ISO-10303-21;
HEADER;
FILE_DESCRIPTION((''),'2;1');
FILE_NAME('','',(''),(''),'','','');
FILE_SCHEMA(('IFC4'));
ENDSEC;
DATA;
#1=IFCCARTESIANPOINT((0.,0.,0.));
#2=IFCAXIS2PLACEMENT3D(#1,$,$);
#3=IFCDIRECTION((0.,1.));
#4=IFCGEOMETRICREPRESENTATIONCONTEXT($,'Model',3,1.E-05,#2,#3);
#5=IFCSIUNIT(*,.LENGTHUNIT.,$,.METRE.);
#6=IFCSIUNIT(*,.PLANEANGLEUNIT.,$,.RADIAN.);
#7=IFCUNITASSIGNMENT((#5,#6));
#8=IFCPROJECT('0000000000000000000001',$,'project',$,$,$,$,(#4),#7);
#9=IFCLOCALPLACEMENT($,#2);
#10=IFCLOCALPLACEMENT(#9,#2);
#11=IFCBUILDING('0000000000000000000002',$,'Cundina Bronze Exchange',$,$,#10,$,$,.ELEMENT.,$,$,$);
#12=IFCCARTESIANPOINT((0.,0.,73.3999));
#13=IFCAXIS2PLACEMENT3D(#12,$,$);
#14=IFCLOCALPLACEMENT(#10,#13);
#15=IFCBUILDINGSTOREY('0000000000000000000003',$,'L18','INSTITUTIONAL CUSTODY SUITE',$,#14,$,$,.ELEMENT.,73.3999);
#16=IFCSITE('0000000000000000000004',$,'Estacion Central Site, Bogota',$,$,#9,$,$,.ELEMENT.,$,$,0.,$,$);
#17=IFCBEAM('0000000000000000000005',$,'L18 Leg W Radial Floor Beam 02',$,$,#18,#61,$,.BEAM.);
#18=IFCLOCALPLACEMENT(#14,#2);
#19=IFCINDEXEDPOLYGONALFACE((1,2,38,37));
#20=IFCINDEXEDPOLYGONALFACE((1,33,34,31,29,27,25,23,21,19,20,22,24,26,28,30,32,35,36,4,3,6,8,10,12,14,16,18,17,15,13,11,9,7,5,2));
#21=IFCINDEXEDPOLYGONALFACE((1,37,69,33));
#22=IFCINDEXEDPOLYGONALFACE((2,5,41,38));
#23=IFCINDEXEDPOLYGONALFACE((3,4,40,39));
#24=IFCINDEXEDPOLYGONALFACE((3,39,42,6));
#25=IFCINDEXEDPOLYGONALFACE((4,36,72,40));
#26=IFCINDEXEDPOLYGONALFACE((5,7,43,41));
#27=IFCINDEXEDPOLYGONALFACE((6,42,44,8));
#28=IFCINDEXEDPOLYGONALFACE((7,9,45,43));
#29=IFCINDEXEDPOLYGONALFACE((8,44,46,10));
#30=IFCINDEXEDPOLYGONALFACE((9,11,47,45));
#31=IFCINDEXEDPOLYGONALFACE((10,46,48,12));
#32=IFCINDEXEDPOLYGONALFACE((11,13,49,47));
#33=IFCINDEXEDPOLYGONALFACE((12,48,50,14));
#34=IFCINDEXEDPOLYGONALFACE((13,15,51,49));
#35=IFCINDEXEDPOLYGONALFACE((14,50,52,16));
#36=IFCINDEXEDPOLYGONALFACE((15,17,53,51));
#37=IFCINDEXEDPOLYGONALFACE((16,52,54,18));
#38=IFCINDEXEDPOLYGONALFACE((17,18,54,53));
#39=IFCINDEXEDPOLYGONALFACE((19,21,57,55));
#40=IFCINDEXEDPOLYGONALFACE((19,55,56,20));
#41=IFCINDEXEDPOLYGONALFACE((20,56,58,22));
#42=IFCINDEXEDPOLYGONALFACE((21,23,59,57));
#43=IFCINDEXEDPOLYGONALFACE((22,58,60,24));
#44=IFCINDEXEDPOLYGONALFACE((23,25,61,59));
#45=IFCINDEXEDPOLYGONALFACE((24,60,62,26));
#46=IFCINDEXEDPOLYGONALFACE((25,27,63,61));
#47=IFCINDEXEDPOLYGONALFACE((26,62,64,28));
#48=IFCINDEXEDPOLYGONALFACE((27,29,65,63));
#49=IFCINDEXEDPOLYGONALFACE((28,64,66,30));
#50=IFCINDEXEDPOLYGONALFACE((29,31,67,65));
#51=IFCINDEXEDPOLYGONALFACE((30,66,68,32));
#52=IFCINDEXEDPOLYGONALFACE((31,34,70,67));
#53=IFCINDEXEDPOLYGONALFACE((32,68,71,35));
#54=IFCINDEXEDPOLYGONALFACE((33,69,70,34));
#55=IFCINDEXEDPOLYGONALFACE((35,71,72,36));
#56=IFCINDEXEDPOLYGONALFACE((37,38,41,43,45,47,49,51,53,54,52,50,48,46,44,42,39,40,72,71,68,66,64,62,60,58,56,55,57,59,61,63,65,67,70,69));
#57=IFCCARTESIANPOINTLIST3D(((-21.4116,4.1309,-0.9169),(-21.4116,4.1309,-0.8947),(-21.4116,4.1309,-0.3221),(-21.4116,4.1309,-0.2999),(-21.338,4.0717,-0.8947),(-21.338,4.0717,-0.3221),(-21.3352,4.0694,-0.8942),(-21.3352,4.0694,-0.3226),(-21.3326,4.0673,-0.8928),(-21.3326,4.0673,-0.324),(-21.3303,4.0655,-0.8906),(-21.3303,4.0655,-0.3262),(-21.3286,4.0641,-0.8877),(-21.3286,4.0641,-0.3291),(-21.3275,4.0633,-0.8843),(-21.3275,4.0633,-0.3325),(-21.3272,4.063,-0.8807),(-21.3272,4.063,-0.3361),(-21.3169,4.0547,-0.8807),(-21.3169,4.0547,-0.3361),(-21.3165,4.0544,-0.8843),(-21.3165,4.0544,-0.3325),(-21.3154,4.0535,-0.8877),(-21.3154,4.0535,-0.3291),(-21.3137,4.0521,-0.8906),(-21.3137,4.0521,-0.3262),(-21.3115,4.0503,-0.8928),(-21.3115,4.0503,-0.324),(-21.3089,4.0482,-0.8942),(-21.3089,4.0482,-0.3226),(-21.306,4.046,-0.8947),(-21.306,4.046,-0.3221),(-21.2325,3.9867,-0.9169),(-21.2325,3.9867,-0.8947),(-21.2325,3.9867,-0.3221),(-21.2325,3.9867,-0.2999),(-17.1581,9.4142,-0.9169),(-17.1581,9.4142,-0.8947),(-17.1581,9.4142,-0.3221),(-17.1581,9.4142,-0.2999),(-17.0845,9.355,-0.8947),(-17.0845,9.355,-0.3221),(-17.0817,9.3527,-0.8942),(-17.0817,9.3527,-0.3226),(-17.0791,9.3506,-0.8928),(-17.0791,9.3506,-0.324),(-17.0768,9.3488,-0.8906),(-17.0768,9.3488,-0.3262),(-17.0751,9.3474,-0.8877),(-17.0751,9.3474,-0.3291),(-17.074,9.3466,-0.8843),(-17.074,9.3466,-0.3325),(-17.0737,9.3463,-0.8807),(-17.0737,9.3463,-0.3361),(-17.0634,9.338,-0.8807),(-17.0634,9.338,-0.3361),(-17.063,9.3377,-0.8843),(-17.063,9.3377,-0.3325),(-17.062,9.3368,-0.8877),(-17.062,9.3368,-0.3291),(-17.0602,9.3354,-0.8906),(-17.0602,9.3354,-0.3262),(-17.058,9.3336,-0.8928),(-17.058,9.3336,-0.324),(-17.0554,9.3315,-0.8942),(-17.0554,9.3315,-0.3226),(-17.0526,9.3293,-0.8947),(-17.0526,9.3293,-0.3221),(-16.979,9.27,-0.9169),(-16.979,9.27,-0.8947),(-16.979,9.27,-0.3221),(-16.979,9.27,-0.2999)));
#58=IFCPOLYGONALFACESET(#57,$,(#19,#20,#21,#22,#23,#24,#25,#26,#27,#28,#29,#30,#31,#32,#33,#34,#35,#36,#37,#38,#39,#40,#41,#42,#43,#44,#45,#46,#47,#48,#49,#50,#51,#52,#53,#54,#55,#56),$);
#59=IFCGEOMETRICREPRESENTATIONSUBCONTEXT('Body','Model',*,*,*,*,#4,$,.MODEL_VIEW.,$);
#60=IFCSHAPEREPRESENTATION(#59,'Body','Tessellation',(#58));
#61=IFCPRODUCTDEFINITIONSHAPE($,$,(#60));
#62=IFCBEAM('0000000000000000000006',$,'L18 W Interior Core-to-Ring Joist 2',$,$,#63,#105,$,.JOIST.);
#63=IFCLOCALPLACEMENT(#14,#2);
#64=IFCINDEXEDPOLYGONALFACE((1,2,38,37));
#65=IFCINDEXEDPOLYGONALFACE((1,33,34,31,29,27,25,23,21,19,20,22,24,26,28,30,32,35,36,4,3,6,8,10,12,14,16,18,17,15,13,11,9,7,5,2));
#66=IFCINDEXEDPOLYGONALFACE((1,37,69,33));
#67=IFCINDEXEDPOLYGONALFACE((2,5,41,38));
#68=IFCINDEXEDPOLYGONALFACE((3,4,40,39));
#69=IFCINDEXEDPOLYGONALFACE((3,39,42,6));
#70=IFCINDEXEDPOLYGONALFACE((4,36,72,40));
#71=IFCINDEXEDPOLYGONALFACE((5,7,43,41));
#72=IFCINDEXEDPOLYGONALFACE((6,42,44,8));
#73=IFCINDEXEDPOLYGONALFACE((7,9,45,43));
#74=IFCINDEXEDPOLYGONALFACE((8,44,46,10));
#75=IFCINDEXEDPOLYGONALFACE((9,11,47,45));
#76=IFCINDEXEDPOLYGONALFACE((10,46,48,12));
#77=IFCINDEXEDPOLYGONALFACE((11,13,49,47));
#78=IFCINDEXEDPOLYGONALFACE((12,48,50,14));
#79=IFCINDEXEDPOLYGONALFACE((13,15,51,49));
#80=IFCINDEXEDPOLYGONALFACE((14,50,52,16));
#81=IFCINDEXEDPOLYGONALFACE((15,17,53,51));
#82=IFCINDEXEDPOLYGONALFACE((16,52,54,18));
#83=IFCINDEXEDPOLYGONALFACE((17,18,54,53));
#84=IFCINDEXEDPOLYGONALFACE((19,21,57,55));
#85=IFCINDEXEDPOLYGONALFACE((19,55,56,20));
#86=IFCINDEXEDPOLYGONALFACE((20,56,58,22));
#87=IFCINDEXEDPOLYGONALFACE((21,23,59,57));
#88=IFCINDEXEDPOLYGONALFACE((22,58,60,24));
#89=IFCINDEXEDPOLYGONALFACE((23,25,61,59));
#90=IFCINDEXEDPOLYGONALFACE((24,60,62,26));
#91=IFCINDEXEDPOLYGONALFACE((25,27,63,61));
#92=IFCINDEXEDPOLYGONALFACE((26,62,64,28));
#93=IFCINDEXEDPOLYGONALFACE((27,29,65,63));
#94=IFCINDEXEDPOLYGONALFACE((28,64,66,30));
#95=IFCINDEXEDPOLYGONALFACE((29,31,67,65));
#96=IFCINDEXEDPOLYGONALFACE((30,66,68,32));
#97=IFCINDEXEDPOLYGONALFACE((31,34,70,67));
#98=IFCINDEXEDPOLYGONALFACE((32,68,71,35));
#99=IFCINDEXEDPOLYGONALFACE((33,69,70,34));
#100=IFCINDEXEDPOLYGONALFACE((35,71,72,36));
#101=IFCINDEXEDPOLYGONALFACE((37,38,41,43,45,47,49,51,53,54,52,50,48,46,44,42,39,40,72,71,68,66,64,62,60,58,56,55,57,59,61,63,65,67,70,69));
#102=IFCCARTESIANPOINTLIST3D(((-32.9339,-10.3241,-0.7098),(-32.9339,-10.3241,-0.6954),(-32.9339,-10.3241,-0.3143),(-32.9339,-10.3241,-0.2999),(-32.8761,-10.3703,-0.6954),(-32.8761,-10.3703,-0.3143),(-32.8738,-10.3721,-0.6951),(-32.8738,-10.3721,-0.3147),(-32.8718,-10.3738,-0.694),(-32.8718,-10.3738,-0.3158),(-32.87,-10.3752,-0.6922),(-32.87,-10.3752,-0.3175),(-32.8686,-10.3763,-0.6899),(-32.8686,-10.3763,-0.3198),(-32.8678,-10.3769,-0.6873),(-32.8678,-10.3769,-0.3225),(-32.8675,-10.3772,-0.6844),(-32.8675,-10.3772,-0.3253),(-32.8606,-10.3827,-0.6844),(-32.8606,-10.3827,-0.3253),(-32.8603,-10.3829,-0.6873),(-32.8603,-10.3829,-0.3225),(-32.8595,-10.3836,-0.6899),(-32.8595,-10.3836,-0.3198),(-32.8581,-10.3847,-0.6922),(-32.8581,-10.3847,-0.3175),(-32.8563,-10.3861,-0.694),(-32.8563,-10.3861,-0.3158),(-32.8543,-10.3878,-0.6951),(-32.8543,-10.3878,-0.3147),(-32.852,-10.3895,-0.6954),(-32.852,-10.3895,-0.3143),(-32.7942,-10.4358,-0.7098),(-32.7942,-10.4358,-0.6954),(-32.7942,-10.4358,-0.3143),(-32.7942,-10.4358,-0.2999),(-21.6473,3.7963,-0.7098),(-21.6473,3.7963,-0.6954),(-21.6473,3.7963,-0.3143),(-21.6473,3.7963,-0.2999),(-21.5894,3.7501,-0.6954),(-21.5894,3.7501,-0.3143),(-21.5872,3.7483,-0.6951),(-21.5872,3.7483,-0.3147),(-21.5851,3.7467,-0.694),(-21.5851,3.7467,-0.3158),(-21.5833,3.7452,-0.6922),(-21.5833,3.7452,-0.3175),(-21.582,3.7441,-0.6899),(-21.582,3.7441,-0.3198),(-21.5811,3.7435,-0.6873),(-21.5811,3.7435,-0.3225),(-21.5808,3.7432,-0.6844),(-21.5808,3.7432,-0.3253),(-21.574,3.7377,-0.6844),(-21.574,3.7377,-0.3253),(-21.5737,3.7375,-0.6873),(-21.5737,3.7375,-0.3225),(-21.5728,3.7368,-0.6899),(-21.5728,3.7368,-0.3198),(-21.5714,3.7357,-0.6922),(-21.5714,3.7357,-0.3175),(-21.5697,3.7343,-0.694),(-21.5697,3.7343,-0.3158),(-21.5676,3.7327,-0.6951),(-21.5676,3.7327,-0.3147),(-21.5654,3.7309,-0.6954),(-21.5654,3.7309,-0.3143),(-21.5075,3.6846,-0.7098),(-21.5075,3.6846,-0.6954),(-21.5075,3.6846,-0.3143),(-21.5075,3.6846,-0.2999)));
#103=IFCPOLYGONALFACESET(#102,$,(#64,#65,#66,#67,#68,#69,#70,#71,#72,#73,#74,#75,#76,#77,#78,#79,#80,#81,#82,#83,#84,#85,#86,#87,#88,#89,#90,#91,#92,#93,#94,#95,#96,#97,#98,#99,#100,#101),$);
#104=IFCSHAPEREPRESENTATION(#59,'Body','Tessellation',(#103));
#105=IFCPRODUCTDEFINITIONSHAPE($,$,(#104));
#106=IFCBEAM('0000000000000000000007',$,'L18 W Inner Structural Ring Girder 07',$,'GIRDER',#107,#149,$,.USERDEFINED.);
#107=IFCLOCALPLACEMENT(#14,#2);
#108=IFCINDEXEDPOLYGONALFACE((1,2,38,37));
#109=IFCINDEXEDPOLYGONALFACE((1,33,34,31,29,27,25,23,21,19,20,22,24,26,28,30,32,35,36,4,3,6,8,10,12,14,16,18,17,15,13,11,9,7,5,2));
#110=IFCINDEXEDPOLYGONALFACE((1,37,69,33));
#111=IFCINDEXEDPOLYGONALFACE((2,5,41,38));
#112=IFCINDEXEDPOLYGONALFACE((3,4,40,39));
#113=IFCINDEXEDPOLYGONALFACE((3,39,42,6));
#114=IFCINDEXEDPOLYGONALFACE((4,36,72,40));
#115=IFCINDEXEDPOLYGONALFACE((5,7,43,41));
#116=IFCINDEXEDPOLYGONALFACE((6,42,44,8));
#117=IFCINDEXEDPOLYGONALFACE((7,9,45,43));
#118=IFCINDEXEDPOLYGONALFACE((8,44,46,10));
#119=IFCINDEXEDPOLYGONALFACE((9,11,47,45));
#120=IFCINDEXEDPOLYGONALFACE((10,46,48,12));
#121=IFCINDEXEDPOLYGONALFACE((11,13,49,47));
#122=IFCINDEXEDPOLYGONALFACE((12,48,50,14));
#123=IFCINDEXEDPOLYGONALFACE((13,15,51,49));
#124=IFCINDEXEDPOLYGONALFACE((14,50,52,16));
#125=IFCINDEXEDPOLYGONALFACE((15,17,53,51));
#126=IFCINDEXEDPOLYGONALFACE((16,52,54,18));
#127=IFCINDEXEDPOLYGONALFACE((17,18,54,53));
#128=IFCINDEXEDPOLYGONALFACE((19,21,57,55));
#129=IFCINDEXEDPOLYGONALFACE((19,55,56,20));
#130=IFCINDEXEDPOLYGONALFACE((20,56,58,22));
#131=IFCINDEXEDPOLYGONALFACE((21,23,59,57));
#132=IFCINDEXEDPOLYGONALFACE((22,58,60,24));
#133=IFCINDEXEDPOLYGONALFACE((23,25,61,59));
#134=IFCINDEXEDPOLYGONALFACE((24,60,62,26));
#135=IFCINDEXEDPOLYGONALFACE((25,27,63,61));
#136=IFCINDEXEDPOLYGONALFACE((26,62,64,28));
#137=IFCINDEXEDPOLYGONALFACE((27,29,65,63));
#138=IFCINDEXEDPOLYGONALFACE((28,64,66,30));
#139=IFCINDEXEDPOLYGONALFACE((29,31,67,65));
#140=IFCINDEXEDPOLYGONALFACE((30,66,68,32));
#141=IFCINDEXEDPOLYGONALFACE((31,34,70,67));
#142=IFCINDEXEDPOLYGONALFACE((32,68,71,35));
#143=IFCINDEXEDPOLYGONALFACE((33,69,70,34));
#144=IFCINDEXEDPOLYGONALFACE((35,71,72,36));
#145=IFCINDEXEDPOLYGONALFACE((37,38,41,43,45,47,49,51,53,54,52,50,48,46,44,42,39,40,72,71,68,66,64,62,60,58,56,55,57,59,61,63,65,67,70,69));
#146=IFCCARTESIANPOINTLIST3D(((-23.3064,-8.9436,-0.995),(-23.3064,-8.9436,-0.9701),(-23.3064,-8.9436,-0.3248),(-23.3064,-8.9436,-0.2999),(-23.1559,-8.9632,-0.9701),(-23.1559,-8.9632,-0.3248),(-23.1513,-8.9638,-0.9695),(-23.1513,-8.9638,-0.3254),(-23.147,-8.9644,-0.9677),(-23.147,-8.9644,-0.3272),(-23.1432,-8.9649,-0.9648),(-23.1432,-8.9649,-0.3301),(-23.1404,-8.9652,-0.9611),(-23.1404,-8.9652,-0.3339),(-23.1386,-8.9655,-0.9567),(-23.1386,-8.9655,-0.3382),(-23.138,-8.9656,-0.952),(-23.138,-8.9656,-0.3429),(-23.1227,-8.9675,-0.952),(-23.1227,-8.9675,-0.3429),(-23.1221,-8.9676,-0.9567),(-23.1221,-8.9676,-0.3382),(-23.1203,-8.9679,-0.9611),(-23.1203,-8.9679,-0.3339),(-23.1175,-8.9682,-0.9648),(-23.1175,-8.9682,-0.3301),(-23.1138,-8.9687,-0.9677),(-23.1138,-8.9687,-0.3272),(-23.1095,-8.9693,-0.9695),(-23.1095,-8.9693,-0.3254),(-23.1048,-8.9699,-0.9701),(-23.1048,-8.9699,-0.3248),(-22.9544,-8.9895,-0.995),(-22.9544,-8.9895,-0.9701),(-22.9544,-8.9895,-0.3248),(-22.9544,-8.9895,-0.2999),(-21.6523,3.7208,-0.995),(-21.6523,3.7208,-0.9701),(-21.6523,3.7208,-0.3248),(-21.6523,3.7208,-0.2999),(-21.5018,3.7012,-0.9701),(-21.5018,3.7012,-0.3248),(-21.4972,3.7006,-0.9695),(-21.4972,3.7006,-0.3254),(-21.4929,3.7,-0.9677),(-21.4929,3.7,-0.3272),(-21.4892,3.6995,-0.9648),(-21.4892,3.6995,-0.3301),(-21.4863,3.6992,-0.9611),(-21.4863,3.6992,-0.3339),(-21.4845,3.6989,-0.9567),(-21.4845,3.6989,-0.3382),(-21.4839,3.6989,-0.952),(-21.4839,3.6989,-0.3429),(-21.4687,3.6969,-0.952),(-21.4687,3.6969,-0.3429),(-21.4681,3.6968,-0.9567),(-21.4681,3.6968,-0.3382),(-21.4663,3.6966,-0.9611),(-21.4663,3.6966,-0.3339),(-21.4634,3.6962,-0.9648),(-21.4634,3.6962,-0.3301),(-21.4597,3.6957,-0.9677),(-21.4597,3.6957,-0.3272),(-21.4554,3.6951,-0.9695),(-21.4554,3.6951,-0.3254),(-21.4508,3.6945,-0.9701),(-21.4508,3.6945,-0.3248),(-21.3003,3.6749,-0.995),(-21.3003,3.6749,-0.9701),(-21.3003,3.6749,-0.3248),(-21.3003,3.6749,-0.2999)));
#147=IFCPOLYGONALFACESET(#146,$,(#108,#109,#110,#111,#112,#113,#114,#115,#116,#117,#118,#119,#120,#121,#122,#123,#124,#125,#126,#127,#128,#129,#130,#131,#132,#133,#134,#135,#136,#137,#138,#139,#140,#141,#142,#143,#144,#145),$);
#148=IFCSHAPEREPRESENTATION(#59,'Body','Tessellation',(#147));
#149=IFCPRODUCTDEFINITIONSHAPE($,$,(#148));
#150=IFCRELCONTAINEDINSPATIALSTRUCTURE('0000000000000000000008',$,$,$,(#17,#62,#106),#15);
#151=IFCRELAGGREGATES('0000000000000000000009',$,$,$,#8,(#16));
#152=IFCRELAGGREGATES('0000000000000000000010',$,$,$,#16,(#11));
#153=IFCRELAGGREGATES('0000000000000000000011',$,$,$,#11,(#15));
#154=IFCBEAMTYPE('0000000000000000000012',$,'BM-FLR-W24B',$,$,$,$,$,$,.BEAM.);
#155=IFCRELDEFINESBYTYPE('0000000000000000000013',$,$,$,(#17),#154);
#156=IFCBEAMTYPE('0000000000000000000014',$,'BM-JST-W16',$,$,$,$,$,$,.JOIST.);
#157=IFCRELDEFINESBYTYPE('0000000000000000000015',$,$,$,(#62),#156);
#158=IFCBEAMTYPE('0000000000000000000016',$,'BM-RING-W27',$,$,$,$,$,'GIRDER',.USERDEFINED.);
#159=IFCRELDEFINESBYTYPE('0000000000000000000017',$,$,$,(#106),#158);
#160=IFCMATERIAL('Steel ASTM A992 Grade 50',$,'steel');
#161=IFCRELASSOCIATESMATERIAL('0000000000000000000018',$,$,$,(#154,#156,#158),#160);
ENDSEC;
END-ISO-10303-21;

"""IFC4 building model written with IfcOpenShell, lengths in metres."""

from ifc_helpers import new_model, si_unit, direction, frame, origin, origin_2d, place, context, subcontext, project, spatial, i_section, extrude, material, material_profile, profile_set, type_object, element, save


model = new_model("IFC4")

# Units and contexts
model_context = context("Model", 3, precision=1e-05, world=origin(), true_north=direction((0.0, 1.0)))
body_context = subcontext(model_context, "Body", "Model", "MODEL_VIEW")
ifc_project = project(units=[si_unit("LENGTHUNIT", "METRE"), si_unit("PLANEANGLEUNIT", "RADIAN")], contexts=[model_context])

# Site, building, storey
site_placement = place(None, origin())
site = spatial("IfcSite", under=ifc_project, at=site_placement, Name="Estacion Central Site, Bogota", CompositionType="ELEMENT", RefElevation=0.0)
building_placement = place(site_placement, origin())
building = spatial("IfcBuilding", under=site, at=building_placement, Name="Cundina Bronze Exchange", CompositionType="ELEMENT")
storey_placement = place(building_placement, frame((0.0, 0.0, 73.3999)))
storey = spatial("IfcBuildingStorey", under=building, at=storey_placement, Name="L18", Description="INSTITUTIONAL CUSTODY SUITE", CompositionType="ELEMENT", Elevation=73.3999)

# Shared definitions
ifc_material_1 = material(Name="Steel ASTM A992 Grade 50", Category="steel")

# Beams
ifc_material_profile_1 = material_profile(ifc_material_1, i_section(OverallWidth=0.23, OverallDepth=0.6169, WebThickness=0.0132, FlangeThickness=0.0222, FilletRadius=0.0139, at=origin_2d()), Name="W24X94", Category="steel")
ifc_profile_set_1 = profile_set([ifc_material_profile_1], Name="Steel ASTM A992 Grade 50")
beam_type_1 = type_object("IfcBeamType", Name="BM-FLR-W24B", PredefinedType="BEAM", material=ifc_profile_set_1)
beam_1_placement = place(storey_placement, frame((-21.322, 4.0588, -0.6084), z_axis=(0.627106, 0.778934, 0.0), x_axis=(-0.778934, 0.627106, 0.0)))
element("IfcBeam", 1, at=beam_1_placement, inside=storey, type_object=beam_type_1, Name="L18 Leg W Radial Floor Beam 02", PredefinedType="BEAM", context=body_context, shape_type="SweptSolid", body=[
    extrude(i_section(OverallWidth=0.23, OverallDepth=0.6169, WebThickness=0.0132, FlangeThickness=0.0222, FilletRadius=0.0139, at=origin_2d()), origin(), (0.0, 0.0, 1.0), 6.7827),
])
ifc_material_profile_2 = material_profile(ifc_material_1, i_section(OverallWidth=0.179, OverallDepth=0.4099, WebThickness=0.0088, FlangeThickness=0.0144, FilletRadius=0.011, at=origin_2d()), Name="W16X45", Category="steel")
ifc_profile_set_2 = profile_set([ifc_material_profile_2], Name="Steel ASTM A992 Grade 50")
beam_type_2 = type_object("IfcBeamType", Name="BM-JST-W16", PredefinedType="JOIST", material=ifc_profile_set_2)
beam_2_placement = place(storey_placement, frame((-21.5774, 3.7405, -0.5049), z_axis=(-0.624369, -0.78113, 0.0), x_axis=(0.78113, -0.624369, 0.0)))
element("IfcBeam", 2, at=beam_2_placement, inside=storey, type_object=beam_type_2, Name="L18 W Interior Core-to-Ring Joist 2", PredefinedType="JOIST", context=body_context, shape_type="SweptSolid", body=[
    extrude(i_section(OverallWidth=0.179, OverallDepth=0.4099, WebThickness=0.0088, FlangeThickness=0.0144, FilletRadius=0.011, at=origin_2d()), origin(), (0.0, 0.0, 1.0), 18.0769),
])
ifc_material_profile_3 = material_profile(ifc_material_1, i_section(OverallWidth=0.355, OverallDepth=0.6951, WebThickness=0.0154, FlangeThickness=0.0249, FilletRadius=0.0181, at=origin_2d()), Name="W27X146", Category="steel")
ifc_profile_set_3 = profile_set([ifc_material_profile_3], Name="Steel ASTM A992 Grade 50")
beam_type_3 = type_object("IfcBeamType", Name="BM-RING-W27", ElementType="GIRDER", PredefinedType="USERDEFINED", material=ifc_profile_set_3)
beam_3_placement = place(storey_placement, frame((-23.1304, -8.9666, -0.6475), z_axis=(0.129508, 0.991578, 0.0), x_axis=(-0.991578, 0.129508, 0.0)))
element("IfcBeam", 3, at=beam_3_placement, inside=storey, type_object=beam_type_3, Name="L18 W Inner Structural Ring Girder 07", ObjectType="GIRDER", PredefinedType="USERDEFINED", context=body_context, shape_type="SweptSolid", body=[
    extrude(i_section(OverallWidth=0.355, OverallDepth=0.6951, WebThickness=0.0154, FlangeThickness=0.0249, FilletRadius=0.0181, at=origin_2d()), origin(), (0.0, 0.0, 1.0), 12.772),
])

save(model, "model.ifc")
